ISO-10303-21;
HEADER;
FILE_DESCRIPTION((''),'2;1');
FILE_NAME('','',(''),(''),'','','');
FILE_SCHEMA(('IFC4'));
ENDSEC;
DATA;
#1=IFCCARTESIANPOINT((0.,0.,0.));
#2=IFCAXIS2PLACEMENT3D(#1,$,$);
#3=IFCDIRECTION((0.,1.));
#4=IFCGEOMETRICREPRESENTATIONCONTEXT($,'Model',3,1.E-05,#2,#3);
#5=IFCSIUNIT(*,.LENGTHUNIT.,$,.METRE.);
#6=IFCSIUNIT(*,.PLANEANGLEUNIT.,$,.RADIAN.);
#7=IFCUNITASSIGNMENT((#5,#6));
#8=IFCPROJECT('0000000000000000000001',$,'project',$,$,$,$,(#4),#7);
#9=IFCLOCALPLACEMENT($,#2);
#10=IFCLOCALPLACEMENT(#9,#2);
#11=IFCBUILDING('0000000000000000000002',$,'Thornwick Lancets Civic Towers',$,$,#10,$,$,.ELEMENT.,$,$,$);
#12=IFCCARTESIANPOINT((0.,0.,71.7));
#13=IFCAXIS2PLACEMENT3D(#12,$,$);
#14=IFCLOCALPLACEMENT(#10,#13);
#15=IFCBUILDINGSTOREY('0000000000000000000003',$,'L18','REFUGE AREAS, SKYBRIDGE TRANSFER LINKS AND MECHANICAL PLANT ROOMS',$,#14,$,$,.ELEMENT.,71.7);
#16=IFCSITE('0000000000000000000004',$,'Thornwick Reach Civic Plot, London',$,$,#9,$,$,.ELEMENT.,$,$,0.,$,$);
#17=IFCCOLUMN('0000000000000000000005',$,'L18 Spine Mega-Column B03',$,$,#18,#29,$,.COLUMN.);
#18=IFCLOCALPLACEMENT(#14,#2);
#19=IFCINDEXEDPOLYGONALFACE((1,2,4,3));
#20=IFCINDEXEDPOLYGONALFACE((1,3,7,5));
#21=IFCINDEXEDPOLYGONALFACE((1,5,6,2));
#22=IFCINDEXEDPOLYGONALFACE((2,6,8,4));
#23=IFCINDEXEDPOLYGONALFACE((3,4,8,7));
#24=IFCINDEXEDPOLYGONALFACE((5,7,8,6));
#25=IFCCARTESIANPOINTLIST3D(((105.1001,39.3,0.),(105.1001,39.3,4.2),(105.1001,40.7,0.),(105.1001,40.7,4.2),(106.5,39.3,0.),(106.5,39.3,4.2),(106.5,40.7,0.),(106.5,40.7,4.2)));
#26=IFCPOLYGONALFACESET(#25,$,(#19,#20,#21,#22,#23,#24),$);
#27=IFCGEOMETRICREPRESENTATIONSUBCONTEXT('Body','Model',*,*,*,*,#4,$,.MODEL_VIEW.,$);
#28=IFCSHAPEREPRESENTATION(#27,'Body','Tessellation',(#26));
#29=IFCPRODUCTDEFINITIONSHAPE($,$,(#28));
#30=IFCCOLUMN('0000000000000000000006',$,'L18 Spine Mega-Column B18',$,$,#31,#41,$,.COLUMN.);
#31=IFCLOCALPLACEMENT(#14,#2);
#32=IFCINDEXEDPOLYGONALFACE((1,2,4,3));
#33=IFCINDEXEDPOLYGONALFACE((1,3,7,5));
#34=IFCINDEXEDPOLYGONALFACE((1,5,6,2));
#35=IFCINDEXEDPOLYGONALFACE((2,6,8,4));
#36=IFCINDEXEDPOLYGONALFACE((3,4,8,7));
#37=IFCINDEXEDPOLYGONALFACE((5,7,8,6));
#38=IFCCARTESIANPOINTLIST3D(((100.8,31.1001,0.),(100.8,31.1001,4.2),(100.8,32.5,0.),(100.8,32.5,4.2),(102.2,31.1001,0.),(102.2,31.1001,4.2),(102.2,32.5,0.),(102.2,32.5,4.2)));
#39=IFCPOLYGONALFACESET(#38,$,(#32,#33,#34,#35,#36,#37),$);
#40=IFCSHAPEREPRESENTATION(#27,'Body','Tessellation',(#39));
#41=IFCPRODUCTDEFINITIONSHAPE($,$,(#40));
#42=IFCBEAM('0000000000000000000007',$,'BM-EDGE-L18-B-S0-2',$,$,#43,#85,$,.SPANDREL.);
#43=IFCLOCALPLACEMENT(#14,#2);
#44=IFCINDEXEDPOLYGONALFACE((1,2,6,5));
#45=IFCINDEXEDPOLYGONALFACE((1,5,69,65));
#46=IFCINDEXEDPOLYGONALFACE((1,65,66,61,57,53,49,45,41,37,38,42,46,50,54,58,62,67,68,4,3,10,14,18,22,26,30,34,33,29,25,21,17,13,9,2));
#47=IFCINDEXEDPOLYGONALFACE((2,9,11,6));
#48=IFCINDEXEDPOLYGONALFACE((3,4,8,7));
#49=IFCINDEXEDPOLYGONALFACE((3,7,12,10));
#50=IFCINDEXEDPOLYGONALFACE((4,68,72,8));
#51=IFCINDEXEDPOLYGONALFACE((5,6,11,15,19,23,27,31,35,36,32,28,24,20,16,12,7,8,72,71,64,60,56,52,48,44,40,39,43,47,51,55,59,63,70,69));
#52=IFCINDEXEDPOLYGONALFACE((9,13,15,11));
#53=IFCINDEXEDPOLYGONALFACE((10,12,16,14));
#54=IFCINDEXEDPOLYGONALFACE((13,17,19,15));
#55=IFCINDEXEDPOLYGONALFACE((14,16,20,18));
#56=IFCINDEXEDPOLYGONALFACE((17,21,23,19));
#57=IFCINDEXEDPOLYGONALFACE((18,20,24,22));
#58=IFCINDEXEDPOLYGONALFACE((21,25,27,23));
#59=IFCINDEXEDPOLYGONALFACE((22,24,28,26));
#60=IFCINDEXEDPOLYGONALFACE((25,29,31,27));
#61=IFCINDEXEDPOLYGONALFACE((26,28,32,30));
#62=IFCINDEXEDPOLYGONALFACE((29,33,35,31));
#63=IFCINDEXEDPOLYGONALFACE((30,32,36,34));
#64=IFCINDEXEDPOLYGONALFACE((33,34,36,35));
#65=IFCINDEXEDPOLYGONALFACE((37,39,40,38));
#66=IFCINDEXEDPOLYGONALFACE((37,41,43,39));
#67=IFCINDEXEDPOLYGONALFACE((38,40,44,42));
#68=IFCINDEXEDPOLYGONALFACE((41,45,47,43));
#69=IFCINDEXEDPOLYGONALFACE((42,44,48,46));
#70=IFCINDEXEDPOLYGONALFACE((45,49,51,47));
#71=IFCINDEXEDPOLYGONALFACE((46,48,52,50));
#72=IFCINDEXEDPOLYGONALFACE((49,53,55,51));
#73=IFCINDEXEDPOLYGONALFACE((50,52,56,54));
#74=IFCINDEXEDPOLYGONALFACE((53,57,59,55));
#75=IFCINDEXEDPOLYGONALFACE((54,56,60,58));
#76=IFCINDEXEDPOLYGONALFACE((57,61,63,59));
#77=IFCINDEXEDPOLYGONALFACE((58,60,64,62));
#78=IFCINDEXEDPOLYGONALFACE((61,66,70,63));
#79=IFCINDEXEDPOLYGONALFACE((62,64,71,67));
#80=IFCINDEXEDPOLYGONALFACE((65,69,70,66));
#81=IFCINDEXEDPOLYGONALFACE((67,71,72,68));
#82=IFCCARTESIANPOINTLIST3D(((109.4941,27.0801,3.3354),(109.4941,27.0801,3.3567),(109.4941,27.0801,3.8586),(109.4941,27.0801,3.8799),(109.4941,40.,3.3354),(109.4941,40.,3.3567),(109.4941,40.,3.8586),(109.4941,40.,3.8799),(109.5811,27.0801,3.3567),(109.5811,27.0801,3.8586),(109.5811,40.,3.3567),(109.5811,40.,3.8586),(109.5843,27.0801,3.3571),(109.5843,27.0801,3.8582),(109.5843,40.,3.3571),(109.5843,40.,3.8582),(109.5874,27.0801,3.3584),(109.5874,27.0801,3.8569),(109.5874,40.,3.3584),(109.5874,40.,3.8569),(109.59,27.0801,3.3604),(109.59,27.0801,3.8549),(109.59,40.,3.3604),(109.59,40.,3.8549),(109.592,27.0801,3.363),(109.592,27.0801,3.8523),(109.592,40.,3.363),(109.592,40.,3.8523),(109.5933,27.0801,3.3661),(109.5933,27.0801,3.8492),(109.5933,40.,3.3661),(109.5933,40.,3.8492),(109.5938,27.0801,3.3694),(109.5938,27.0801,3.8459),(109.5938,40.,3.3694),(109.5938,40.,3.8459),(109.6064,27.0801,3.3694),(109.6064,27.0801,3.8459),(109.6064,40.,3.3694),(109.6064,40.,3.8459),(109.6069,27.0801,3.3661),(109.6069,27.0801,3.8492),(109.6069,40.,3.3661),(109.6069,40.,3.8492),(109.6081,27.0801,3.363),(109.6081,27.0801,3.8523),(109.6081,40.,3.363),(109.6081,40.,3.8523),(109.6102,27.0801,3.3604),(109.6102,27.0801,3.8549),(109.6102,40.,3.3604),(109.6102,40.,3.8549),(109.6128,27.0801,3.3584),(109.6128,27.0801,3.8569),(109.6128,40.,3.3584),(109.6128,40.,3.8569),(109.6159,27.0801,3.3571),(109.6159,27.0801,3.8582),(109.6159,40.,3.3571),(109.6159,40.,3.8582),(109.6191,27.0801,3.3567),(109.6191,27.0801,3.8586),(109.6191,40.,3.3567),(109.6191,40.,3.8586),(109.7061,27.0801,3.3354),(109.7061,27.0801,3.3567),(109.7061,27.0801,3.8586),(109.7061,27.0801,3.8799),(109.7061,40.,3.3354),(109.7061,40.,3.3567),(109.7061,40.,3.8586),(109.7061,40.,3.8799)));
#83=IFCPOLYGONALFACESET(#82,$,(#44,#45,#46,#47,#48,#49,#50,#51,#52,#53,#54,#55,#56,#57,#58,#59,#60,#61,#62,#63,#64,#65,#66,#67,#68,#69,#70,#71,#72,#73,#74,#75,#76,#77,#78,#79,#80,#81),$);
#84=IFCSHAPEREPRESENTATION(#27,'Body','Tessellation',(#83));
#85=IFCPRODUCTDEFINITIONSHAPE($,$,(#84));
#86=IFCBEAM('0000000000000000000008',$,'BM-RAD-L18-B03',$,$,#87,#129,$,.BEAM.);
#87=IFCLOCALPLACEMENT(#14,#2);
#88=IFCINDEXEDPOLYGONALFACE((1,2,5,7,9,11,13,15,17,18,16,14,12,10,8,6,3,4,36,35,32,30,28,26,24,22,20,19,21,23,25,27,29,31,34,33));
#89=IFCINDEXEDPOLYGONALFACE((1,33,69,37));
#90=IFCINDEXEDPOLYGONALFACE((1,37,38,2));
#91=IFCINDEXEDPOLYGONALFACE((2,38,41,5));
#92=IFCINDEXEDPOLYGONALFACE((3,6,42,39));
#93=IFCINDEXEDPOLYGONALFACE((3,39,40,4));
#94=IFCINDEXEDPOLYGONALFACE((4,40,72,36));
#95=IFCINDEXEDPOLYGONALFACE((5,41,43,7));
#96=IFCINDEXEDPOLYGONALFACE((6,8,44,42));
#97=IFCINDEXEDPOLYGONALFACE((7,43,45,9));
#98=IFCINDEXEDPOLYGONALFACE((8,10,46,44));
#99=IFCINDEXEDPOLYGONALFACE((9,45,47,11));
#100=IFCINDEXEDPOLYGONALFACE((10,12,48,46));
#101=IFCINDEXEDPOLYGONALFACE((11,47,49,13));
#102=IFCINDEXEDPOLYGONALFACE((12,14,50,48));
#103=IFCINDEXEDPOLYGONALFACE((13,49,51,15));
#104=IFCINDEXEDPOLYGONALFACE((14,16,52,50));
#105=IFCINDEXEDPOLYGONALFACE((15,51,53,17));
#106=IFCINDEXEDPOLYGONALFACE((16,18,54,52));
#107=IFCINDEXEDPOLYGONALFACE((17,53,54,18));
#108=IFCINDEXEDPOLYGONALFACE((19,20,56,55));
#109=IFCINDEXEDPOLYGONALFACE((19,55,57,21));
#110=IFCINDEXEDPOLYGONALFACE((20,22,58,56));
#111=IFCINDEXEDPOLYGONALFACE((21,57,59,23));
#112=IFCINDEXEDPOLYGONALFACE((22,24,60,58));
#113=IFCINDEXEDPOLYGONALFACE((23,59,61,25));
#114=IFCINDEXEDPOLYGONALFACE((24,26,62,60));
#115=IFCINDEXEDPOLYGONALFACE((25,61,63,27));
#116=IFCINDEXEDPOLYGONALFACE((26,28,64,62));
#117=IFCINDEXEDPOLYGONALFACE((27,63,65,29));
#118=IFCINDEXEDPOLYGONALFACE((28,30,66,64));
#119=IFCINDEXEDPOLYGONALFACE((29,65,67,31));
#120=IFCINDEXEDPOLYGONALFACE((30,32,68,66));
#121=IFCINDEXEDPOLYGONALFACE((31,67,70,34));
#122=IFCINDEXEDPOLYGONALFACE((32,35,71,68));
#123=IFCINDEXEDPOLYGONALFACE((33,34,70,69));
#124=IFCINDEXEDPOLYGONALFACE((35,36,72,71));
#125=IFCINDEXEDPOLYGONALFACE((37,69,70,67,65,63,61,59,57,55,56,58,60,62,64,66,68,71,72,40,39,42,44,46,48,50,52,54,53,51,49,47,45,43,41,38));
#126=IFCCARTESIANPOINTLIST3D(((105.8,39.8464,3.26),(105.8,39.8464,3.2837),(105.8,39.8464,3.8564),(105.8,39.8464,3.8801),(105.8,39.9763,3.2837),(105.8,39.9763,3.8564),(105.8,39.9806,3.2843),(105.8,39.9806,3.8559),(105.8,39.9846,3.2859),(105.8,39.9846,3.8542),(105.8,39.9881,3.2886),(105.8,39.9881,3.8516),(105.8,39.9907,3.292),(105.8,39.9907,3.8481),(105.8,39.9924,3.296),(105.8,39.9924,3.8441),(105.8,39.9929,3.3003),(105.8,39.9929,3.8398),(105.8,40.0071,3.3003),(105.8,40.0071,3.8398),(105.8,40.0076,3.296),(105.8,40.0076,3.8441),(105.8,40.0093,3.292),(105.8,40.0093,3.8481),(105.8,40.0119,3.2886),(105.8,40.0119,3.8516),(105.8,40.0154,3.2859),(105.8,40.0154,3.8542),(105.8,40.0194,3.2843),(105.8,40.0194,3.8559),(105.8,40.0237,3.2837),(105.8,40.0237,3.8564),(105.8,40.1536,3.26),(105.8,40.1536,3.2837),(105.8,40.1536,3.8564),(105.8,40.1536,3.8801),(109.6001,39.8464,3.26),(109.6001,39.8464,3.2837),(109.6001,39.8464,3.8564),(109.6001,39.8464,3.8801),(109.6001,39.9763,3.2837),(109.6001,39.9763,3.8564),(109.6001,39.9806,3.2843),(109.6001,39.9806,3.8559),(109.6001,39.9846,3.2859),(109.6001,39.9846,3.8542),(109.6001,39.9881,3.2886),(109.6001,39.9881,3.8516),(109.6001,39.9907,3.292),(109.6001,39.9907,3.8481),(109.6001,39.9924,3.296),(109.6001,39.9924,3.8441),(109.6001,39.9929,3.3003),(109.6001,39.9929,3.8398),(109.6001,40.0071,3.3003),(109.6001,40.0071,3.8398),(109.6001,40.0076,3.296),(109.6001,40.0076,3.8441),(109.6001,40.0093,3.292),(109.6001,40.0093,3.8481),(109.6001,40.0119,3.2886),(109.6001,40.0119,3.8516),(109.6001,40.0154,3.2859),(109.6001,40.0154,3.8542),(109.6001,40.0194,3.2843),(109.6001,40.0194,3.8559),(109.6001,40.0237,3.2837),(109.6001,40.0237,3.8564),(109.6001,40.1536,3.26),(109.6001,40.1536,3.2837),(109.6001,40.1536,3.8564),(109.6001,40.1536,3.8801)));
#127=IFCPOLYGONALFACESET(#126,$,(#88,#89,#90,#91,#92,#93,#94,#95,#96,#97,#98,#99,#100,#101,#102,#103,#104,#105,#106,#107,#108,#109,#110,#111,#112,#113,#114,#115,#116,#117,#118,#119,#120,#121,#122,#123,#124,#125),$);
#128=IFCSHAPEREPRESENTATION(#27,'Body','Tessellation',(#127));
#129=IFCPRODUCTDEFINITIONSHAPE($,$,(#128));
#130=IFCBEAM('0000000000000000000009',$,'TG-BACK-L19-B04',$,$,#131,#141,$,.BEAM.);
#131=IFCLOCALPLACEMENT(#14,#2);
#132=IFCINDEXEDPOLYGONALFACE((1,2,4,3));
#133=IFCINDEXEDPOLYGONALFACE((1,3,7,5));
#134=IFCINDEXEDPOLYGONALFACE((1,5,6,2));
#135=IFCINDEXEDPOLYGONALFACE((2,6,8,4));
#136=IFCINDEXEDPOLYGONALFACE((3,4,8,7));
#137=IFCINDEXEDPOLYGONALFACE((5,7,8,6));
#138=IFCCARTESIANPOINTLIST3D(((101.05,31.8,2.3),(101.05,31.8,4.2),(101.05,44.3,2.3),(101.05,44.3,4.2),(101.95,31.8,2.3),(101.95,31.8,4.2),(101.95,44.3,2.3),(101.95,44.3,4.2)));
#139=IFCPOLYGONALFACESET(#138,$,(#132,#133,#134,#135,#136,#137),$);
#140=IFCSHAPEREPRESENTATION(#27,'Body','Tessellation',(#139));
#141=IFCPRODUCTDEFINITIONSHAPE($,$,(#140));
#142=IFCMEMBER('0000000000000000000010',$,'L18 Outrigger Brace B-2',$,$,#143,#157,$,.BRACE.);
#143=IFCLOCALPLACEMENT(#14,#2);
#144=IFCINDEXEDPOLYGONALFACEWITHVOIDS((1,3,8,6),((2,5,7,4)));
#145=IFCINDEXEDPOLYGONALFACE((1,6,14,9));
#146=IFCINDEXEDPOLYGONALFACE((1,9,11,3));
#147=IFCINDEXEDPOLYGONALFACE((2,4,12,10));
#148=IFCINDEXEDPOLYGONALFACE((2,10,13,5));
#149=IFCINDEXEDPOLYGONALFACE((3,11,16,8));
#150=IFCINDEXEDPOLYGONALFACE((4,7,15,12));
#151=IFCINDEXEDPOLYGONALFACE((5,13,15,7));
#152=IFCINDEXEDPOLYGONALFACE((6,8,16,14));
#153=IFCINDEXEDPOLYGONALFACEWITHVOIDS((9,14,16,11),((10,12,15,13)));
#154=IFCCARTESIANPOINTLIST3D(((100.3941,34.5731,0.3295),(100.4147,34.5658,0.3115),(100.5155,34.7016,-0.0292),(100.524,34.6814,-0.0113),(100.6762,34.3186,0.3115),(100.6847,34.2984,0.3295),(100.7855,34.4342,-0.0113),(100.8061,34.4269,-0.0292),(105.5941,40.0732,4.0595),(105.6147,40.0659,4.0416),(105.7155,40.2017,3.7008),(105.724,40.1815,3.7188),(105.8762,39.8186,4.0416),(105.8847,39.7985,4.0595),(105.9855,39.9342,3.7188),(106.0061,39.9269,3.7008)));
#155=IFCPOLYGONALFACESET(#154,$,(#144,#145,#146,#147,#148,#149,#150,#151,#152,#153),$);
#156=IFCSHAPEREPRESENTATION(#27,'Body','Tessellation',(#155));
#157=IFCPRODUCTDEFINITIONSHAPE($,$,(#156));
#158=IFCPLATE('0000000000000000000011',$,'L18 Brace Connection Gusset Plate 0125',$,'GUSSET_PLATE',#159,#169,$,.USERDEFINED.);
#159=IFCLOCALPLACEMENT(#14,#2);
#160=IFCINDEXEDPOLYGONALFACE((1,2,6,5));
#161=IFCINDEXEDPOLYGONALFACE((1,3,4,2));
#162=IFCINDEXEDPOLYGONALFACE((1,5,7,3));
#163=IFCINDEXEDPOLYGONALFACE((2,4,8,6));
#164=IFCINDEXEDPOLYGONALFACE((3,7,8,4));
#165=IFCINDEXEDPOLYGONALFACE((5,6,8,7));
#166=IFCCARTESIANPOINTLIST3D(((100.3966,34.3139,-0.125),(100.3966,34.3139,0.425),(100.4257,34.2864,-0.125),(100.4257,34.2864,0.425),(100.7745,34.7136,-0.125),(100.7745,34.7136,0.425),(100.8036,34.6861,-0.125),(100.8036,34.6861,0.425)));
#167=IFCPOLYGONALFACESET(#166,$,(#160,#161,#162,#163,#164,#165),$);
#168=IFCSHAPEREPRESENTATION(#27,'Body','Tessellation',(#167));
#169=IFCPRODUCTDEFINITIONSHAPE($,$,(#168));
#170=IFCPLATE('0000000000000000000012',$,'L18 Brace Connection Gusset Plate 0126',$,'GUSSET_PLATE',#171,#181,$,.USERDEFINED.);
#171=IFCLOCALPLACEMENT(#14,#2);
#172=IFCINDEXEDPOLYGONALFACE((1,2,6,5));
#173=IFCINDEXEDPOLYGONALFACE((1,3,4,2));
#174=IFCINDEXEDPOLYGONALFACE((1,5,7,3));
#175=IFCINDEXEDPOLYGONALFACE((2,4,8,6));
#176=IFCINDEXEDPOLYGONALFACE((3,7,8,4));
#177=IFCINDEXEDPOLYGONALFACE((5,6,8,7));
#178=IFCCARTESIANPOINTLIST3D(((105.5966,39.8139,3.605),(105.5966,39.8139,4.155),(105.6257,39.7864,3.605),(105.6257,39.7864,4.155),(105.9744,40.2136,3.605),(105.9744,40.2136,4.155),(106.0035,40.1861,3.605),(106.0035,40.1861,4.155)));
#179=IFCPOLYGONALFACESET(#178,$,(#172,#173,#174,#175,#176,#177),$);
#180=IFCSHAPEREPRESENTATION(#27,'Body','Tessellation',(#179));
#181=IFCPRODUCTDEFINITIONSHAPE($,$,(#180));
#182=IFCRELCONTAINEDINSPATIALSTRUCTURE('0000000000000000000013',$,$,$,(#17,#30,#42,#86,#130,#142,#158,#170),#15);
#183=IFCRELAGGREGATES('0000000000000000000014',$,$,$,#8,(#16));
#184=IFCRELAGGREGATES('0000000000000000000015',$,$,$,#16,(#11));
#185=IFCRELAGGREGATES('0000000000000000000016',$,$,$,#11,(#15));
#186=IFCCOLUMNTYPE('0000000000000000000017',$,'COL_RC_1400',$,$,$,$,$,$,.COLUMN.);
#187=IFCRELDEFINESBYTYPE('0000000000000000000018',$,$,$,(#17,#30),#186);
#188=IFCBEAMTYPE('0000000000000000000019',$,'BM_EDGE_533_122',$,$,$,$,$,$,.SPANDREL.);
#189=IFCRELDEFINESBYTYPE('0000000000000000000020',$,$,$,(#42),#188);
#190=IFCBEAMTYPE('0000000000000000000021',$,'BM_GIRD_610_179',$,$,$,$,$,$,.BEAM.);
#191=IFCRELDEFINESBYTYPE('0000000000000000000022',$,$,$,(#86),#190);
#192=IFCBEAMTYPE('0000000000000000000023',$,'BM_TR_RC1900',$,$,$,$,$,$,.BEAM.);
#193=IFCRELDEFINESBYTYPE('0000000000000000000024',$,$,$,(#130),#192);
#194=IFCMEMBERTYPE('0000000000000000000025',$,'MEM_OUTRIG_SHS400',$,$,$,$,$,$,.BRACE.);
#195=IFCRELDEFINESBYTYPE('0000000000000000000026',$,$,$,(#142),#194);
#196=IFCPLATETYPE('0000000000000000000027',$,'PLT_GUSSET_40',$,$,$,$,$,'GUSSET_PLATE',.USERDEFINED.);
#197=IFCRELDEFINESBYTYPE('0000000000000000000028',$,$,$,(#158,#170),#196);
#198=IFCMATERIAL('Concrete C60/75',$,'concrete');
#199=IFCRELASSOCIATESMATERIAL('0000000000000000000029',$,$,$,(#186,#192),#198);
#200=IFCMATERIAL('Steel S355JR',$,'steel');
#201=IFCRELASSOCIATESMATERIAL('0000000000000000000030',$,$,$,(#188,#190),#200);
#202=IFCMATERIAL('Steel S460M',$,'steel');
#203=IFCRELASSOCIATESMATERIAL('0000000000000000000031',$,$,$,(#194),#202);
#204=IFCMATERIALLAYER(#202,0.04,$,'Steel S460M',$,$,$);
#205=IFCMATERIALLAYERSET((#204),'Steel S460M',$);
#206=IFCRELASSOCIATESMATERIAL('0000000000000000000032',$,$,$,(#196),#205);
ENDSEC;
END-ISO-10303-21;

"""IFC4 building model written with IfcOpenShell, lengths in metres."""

from ifc_helpers import new_model, si_unit, direction, frame, origin, origin_2d, place, context, subcontext, project, spatial, rectangle, hollow_rectangle, i_section, extrude, material, layer, layer_set, material_profile, profile_set, type_object, element, save


model = new_model("IFC4")

# Units and contexts
model_context = context("Model", 3, precision=1e-05, world=origin(), true_north=direction((0.0, 1.0)))
body_context = subcontext(model_context, "Body", "Model", "MODEL_VIEW")
ifc_project = project(units=[si_unit("LENGTHUNIT", "METRE"), si_unit("PLANEANGLEUNIT", "RADIAN")], contexts=[model_context])

# Site, building, storey
site_placement = place(None, origin())
site = spatial("IfcSite", under=ifc_project, at=site_placement, Name="Thornwick Reach Civic Plot, London", CompositionType="ELEMENT", RefElevation=0.0)
building_placement = place(site_placement, origin())
building = spatial("IfcBuilding", under=site, at=building_placement, Name="Thornwick Lancets Civic Towers", CompositionType="ELEMENT")
storey_placement = place(building_placement, frame((0.0, 0.0, 71.7)))
storey = spatial("IfcBuildingStorey", under=building, at=storey_placement, Name="L18", Description="REFUGE AREAS, SKYBRIDGE TRANSFER LINKS AND MECHANICAL PLANT ROOMS", CompositionType="ELEMENT", Elevation=71.7)

# Columns
ifc_material_1 = material(Name="Concrete C60/75", Category="concrete")
ifc_material_profile_1 = material_profile(ifc_material_1, rectangle(XDim=1.3999, YDim=1.3999, at=origin_2d()), Name="RC 1400x1400")
ifc_profile_set_1 = profile_set([ifc_material_profile_1], Name="Concrete C60/75")
column_type = type_object("IfcColumnType", Name="COL_RC_1400", PredefinedType="COLUMN", material=ifc_profile_set_1)
for number, where, z_axis, x_axis, name in (
    (1, (105.8, 40.0, 0.0), (0.0, 0.0, 1.0), (1.0, 0.0, 0.0), "L18 Spine Mega-Column B03"),
    (2, (101.5, 31.8, 0.0), (0.0, 0.0, 1.0), (1.0, 0.0, 0.0), "L18 Spine Mega-Column B18"),
):
    element("IfcColumn", number, at=place(storey_placement, frame(where, z_axis=z_axis, x_axis=x_axis)), inside=storey, type_object=column_type, Name=name, PredefinedType="COLUMN", context=body_context, shape_type="SweptSolid", body=[
        extrude(rectangle(XDim=1.3999, YDim=1.3999, at=origin_2d()), origin(), (0.0, 0.0, 1.0), 4.2),
    ])

# Beams
ifc_material_2 = material(Name="Steel S355JR", Category="steel")
ifc_material_profile_2 = material_profile(ifc_material_2, i_section(OverallWidth=0.2119, OverallDepth=0.5444, WebThickness=0.0127, FlangeThickness=0.0212, FilletRadius=0.0127, at=origin_2d()), Name="UKB 533x210x122")
ifc_profile_set_2 = profile_set([ifc_material_profile_2], Name="Steel S355JR")
beam_type_1 = type_object("IfcBeamType", Name="BM_EDGE_533_122", PredefinedType="SPANDREL", material=ifc_profile_set_2)
beam_1_placement = place(storey_placement, frame((109.6001, 27.0801, 3.6077), z_axis=(0.0, 1.0, 0.0), x_axis=(-1.0, 0.0, 0.0)))
element("IfcBeam", 3, at=beam_1_placement, inside=storey, type_object=beam_type_1, Name="BM-EDGE-L18-B-S0-2", PredefinedType="SPANDREL", context=body_context, shape_type="SweptSolid", body=[
    extrude(i_section(OverallWidth=0.2119, OverallDepth=0.5444, WebThickness=0.0127, FlangeThickness=0.0212, FilletRadius=0.0127, at=origin_2d()), origin(), (0.0, 0.0, 1.0), 12.9199),
])
ifc_material_profile_3 = material_profile(ifc_material_2, i_section(OverallWidth=0.3071, OverallDepth=0.6201, WebThickness=0.0142, FlangeThickness=0.0237, FilletRadius=0.0166, at=origin_2d()), Name="UKB 610x305x179")
ifc_profile_set_3 = profile_set([ifc_material_profile_3], Name="Steel S355JR")
beam_type_2 = type_object("IfcBeamType", Name="BM_GIRD_610_179", PredefinedType="BEAM", material=ifc_profile_set_3)
beam_2_placement = place(storey_placement, frame((105.8, 40.0, 3.5701), z_axis=(1.0, 0.0, 0.0), x_axis=(0.0, 1.0, 0.0)))
element("IfcBeam", 4, at=beam_2_placement, inside=storey, type_object=beam_type_2, Name="BM-RAD-L18-B03", PredefinedType="BEAM", context=body_context, shape_type="SweptSolid", body=[
    extrude(i_section(OverallWidth=0.3071, OverallDepth=0.6201, WebThickness=0.0142, FlangeThickness=0.0237, FilletRadius=0.0166, at=origin_2d()), origin(), (0.0, 0.0, 1.0), 3.8),
])
ifc_material_profile_4 = material_profile(ifc_material_1, rectangle(XDim=0.8999, YDim=1.8999, at=origin_2d()), Name="RC 900x1900")
ifc_profile_set_4 = profile_set([ifc_material_profile_4], Name="Concrete C60/75")
beam_type_3 = type_object("IfcBeamType", Name="BM_TR_RC1900", PredefinedType="BEAM", material=ifc_profile_set_4)
beam_3_placement = place(storey_placement, frame((101.5, 31.8, 3.25), z_axis=(0.0, 1.0, 0.0), x_axis=(-1.0, 0.0, 0.0)))
element("IfcBeam", 5, at=beam_3_placement, inside=storey, type_object=beam_type_3, Name="TG-BACK-L19-B04", PredefinedType="BEAM", context=body_context, shape_type="SweptSolid", body=[
    extrude(rectangle(XDim=0.8999, YDim=1.8999, at=origin_2d()), origin(), (0.0, 0.0, 1.0), 12.5),
])

# Member
ifc_material_3 = material(Name="Steel S460M", Category="steel")
ifc_material_profile_5 = material_profile(ifc_material_3, hollow_rectangle(XDim=0.3999, YDim=0.3999, WallThickness=0.02, at=origin_2d()), Name="SHS 400x400x20")
ifc_profile_set_5 = profile_set([ifc_material_profile_5], Name="Steel S460M")
member_type = type_object("IfcMemberType", Name="MEM_OUTRIG_SHS400", PredefinedType="BRACE", material=ifc_profile_set_5)
member_placement = place(storey_placement, frame((100.6001, 34.5, 0.1501), z_axis=(0.616244, 0.651802, 0.442038), x_axis=(-0.72665, 0.687008, 0.0)))
element("IfcMember", 6, at=member_placement, inside=storey, type_object=member_type, Name="L18 Outrigger Brace B-2", PredefinedType="BRACE", context=body_context, shape_type="SweptSolid", body=[
    extrude(hollow_rectangle(XDim=0.3999, YDim=0.3999, WallThickness=0.02, at=origin_2d()), origin(), (0.0, 0.0, 1.0), 8.4382),
])

# Plates
ifc_layer_1 = layer(ifc_material_3, 0.04, Name="Steel S460M")
ifc_layer_set_1 = layer_set([ifc_layer_1], Name="Steel S460M")
plate_type = type_object("IfcPlateType", Name="PLT_GUSSET_40", ElementType="GUSSET_PLATE", PredefinedType="USERDEFINED", material=ifc_layer_set_1)
for number, where, z_axis, x_axis, name in (
    (7, (100.6001, 34.5, -0.125), (0.0, 0.0, 1.0), (0.686961, 0.726695, 0.0), "L18 Brace Connection Gusset Plate 0125"),
    (8, (105.8, 40.0, 3.605), (0.0, 0.0, 1.0), (0.686961, 0.726695, 0.0), "L18 Brace Connection Gusset Plate 0126"),
):
    element("IfcPlate", number, at=place(storey_placement, frame(where, z_axis=z_axis, x_axis=x_axis)), inside=storey, type_object=plate_type, Name=name, ObjectType="GUSSET_PLATE", PredefinedType="USERDEFINED", context=body_context, shape_type="SweptSolid", body=[
        extrude(rectangle(XDim=0.55, YDim=0.04, at=origin_2d()), origin(), (0.0, 0.0, 1.0), 0.55),
    ])

save(model, "model.ifc")
